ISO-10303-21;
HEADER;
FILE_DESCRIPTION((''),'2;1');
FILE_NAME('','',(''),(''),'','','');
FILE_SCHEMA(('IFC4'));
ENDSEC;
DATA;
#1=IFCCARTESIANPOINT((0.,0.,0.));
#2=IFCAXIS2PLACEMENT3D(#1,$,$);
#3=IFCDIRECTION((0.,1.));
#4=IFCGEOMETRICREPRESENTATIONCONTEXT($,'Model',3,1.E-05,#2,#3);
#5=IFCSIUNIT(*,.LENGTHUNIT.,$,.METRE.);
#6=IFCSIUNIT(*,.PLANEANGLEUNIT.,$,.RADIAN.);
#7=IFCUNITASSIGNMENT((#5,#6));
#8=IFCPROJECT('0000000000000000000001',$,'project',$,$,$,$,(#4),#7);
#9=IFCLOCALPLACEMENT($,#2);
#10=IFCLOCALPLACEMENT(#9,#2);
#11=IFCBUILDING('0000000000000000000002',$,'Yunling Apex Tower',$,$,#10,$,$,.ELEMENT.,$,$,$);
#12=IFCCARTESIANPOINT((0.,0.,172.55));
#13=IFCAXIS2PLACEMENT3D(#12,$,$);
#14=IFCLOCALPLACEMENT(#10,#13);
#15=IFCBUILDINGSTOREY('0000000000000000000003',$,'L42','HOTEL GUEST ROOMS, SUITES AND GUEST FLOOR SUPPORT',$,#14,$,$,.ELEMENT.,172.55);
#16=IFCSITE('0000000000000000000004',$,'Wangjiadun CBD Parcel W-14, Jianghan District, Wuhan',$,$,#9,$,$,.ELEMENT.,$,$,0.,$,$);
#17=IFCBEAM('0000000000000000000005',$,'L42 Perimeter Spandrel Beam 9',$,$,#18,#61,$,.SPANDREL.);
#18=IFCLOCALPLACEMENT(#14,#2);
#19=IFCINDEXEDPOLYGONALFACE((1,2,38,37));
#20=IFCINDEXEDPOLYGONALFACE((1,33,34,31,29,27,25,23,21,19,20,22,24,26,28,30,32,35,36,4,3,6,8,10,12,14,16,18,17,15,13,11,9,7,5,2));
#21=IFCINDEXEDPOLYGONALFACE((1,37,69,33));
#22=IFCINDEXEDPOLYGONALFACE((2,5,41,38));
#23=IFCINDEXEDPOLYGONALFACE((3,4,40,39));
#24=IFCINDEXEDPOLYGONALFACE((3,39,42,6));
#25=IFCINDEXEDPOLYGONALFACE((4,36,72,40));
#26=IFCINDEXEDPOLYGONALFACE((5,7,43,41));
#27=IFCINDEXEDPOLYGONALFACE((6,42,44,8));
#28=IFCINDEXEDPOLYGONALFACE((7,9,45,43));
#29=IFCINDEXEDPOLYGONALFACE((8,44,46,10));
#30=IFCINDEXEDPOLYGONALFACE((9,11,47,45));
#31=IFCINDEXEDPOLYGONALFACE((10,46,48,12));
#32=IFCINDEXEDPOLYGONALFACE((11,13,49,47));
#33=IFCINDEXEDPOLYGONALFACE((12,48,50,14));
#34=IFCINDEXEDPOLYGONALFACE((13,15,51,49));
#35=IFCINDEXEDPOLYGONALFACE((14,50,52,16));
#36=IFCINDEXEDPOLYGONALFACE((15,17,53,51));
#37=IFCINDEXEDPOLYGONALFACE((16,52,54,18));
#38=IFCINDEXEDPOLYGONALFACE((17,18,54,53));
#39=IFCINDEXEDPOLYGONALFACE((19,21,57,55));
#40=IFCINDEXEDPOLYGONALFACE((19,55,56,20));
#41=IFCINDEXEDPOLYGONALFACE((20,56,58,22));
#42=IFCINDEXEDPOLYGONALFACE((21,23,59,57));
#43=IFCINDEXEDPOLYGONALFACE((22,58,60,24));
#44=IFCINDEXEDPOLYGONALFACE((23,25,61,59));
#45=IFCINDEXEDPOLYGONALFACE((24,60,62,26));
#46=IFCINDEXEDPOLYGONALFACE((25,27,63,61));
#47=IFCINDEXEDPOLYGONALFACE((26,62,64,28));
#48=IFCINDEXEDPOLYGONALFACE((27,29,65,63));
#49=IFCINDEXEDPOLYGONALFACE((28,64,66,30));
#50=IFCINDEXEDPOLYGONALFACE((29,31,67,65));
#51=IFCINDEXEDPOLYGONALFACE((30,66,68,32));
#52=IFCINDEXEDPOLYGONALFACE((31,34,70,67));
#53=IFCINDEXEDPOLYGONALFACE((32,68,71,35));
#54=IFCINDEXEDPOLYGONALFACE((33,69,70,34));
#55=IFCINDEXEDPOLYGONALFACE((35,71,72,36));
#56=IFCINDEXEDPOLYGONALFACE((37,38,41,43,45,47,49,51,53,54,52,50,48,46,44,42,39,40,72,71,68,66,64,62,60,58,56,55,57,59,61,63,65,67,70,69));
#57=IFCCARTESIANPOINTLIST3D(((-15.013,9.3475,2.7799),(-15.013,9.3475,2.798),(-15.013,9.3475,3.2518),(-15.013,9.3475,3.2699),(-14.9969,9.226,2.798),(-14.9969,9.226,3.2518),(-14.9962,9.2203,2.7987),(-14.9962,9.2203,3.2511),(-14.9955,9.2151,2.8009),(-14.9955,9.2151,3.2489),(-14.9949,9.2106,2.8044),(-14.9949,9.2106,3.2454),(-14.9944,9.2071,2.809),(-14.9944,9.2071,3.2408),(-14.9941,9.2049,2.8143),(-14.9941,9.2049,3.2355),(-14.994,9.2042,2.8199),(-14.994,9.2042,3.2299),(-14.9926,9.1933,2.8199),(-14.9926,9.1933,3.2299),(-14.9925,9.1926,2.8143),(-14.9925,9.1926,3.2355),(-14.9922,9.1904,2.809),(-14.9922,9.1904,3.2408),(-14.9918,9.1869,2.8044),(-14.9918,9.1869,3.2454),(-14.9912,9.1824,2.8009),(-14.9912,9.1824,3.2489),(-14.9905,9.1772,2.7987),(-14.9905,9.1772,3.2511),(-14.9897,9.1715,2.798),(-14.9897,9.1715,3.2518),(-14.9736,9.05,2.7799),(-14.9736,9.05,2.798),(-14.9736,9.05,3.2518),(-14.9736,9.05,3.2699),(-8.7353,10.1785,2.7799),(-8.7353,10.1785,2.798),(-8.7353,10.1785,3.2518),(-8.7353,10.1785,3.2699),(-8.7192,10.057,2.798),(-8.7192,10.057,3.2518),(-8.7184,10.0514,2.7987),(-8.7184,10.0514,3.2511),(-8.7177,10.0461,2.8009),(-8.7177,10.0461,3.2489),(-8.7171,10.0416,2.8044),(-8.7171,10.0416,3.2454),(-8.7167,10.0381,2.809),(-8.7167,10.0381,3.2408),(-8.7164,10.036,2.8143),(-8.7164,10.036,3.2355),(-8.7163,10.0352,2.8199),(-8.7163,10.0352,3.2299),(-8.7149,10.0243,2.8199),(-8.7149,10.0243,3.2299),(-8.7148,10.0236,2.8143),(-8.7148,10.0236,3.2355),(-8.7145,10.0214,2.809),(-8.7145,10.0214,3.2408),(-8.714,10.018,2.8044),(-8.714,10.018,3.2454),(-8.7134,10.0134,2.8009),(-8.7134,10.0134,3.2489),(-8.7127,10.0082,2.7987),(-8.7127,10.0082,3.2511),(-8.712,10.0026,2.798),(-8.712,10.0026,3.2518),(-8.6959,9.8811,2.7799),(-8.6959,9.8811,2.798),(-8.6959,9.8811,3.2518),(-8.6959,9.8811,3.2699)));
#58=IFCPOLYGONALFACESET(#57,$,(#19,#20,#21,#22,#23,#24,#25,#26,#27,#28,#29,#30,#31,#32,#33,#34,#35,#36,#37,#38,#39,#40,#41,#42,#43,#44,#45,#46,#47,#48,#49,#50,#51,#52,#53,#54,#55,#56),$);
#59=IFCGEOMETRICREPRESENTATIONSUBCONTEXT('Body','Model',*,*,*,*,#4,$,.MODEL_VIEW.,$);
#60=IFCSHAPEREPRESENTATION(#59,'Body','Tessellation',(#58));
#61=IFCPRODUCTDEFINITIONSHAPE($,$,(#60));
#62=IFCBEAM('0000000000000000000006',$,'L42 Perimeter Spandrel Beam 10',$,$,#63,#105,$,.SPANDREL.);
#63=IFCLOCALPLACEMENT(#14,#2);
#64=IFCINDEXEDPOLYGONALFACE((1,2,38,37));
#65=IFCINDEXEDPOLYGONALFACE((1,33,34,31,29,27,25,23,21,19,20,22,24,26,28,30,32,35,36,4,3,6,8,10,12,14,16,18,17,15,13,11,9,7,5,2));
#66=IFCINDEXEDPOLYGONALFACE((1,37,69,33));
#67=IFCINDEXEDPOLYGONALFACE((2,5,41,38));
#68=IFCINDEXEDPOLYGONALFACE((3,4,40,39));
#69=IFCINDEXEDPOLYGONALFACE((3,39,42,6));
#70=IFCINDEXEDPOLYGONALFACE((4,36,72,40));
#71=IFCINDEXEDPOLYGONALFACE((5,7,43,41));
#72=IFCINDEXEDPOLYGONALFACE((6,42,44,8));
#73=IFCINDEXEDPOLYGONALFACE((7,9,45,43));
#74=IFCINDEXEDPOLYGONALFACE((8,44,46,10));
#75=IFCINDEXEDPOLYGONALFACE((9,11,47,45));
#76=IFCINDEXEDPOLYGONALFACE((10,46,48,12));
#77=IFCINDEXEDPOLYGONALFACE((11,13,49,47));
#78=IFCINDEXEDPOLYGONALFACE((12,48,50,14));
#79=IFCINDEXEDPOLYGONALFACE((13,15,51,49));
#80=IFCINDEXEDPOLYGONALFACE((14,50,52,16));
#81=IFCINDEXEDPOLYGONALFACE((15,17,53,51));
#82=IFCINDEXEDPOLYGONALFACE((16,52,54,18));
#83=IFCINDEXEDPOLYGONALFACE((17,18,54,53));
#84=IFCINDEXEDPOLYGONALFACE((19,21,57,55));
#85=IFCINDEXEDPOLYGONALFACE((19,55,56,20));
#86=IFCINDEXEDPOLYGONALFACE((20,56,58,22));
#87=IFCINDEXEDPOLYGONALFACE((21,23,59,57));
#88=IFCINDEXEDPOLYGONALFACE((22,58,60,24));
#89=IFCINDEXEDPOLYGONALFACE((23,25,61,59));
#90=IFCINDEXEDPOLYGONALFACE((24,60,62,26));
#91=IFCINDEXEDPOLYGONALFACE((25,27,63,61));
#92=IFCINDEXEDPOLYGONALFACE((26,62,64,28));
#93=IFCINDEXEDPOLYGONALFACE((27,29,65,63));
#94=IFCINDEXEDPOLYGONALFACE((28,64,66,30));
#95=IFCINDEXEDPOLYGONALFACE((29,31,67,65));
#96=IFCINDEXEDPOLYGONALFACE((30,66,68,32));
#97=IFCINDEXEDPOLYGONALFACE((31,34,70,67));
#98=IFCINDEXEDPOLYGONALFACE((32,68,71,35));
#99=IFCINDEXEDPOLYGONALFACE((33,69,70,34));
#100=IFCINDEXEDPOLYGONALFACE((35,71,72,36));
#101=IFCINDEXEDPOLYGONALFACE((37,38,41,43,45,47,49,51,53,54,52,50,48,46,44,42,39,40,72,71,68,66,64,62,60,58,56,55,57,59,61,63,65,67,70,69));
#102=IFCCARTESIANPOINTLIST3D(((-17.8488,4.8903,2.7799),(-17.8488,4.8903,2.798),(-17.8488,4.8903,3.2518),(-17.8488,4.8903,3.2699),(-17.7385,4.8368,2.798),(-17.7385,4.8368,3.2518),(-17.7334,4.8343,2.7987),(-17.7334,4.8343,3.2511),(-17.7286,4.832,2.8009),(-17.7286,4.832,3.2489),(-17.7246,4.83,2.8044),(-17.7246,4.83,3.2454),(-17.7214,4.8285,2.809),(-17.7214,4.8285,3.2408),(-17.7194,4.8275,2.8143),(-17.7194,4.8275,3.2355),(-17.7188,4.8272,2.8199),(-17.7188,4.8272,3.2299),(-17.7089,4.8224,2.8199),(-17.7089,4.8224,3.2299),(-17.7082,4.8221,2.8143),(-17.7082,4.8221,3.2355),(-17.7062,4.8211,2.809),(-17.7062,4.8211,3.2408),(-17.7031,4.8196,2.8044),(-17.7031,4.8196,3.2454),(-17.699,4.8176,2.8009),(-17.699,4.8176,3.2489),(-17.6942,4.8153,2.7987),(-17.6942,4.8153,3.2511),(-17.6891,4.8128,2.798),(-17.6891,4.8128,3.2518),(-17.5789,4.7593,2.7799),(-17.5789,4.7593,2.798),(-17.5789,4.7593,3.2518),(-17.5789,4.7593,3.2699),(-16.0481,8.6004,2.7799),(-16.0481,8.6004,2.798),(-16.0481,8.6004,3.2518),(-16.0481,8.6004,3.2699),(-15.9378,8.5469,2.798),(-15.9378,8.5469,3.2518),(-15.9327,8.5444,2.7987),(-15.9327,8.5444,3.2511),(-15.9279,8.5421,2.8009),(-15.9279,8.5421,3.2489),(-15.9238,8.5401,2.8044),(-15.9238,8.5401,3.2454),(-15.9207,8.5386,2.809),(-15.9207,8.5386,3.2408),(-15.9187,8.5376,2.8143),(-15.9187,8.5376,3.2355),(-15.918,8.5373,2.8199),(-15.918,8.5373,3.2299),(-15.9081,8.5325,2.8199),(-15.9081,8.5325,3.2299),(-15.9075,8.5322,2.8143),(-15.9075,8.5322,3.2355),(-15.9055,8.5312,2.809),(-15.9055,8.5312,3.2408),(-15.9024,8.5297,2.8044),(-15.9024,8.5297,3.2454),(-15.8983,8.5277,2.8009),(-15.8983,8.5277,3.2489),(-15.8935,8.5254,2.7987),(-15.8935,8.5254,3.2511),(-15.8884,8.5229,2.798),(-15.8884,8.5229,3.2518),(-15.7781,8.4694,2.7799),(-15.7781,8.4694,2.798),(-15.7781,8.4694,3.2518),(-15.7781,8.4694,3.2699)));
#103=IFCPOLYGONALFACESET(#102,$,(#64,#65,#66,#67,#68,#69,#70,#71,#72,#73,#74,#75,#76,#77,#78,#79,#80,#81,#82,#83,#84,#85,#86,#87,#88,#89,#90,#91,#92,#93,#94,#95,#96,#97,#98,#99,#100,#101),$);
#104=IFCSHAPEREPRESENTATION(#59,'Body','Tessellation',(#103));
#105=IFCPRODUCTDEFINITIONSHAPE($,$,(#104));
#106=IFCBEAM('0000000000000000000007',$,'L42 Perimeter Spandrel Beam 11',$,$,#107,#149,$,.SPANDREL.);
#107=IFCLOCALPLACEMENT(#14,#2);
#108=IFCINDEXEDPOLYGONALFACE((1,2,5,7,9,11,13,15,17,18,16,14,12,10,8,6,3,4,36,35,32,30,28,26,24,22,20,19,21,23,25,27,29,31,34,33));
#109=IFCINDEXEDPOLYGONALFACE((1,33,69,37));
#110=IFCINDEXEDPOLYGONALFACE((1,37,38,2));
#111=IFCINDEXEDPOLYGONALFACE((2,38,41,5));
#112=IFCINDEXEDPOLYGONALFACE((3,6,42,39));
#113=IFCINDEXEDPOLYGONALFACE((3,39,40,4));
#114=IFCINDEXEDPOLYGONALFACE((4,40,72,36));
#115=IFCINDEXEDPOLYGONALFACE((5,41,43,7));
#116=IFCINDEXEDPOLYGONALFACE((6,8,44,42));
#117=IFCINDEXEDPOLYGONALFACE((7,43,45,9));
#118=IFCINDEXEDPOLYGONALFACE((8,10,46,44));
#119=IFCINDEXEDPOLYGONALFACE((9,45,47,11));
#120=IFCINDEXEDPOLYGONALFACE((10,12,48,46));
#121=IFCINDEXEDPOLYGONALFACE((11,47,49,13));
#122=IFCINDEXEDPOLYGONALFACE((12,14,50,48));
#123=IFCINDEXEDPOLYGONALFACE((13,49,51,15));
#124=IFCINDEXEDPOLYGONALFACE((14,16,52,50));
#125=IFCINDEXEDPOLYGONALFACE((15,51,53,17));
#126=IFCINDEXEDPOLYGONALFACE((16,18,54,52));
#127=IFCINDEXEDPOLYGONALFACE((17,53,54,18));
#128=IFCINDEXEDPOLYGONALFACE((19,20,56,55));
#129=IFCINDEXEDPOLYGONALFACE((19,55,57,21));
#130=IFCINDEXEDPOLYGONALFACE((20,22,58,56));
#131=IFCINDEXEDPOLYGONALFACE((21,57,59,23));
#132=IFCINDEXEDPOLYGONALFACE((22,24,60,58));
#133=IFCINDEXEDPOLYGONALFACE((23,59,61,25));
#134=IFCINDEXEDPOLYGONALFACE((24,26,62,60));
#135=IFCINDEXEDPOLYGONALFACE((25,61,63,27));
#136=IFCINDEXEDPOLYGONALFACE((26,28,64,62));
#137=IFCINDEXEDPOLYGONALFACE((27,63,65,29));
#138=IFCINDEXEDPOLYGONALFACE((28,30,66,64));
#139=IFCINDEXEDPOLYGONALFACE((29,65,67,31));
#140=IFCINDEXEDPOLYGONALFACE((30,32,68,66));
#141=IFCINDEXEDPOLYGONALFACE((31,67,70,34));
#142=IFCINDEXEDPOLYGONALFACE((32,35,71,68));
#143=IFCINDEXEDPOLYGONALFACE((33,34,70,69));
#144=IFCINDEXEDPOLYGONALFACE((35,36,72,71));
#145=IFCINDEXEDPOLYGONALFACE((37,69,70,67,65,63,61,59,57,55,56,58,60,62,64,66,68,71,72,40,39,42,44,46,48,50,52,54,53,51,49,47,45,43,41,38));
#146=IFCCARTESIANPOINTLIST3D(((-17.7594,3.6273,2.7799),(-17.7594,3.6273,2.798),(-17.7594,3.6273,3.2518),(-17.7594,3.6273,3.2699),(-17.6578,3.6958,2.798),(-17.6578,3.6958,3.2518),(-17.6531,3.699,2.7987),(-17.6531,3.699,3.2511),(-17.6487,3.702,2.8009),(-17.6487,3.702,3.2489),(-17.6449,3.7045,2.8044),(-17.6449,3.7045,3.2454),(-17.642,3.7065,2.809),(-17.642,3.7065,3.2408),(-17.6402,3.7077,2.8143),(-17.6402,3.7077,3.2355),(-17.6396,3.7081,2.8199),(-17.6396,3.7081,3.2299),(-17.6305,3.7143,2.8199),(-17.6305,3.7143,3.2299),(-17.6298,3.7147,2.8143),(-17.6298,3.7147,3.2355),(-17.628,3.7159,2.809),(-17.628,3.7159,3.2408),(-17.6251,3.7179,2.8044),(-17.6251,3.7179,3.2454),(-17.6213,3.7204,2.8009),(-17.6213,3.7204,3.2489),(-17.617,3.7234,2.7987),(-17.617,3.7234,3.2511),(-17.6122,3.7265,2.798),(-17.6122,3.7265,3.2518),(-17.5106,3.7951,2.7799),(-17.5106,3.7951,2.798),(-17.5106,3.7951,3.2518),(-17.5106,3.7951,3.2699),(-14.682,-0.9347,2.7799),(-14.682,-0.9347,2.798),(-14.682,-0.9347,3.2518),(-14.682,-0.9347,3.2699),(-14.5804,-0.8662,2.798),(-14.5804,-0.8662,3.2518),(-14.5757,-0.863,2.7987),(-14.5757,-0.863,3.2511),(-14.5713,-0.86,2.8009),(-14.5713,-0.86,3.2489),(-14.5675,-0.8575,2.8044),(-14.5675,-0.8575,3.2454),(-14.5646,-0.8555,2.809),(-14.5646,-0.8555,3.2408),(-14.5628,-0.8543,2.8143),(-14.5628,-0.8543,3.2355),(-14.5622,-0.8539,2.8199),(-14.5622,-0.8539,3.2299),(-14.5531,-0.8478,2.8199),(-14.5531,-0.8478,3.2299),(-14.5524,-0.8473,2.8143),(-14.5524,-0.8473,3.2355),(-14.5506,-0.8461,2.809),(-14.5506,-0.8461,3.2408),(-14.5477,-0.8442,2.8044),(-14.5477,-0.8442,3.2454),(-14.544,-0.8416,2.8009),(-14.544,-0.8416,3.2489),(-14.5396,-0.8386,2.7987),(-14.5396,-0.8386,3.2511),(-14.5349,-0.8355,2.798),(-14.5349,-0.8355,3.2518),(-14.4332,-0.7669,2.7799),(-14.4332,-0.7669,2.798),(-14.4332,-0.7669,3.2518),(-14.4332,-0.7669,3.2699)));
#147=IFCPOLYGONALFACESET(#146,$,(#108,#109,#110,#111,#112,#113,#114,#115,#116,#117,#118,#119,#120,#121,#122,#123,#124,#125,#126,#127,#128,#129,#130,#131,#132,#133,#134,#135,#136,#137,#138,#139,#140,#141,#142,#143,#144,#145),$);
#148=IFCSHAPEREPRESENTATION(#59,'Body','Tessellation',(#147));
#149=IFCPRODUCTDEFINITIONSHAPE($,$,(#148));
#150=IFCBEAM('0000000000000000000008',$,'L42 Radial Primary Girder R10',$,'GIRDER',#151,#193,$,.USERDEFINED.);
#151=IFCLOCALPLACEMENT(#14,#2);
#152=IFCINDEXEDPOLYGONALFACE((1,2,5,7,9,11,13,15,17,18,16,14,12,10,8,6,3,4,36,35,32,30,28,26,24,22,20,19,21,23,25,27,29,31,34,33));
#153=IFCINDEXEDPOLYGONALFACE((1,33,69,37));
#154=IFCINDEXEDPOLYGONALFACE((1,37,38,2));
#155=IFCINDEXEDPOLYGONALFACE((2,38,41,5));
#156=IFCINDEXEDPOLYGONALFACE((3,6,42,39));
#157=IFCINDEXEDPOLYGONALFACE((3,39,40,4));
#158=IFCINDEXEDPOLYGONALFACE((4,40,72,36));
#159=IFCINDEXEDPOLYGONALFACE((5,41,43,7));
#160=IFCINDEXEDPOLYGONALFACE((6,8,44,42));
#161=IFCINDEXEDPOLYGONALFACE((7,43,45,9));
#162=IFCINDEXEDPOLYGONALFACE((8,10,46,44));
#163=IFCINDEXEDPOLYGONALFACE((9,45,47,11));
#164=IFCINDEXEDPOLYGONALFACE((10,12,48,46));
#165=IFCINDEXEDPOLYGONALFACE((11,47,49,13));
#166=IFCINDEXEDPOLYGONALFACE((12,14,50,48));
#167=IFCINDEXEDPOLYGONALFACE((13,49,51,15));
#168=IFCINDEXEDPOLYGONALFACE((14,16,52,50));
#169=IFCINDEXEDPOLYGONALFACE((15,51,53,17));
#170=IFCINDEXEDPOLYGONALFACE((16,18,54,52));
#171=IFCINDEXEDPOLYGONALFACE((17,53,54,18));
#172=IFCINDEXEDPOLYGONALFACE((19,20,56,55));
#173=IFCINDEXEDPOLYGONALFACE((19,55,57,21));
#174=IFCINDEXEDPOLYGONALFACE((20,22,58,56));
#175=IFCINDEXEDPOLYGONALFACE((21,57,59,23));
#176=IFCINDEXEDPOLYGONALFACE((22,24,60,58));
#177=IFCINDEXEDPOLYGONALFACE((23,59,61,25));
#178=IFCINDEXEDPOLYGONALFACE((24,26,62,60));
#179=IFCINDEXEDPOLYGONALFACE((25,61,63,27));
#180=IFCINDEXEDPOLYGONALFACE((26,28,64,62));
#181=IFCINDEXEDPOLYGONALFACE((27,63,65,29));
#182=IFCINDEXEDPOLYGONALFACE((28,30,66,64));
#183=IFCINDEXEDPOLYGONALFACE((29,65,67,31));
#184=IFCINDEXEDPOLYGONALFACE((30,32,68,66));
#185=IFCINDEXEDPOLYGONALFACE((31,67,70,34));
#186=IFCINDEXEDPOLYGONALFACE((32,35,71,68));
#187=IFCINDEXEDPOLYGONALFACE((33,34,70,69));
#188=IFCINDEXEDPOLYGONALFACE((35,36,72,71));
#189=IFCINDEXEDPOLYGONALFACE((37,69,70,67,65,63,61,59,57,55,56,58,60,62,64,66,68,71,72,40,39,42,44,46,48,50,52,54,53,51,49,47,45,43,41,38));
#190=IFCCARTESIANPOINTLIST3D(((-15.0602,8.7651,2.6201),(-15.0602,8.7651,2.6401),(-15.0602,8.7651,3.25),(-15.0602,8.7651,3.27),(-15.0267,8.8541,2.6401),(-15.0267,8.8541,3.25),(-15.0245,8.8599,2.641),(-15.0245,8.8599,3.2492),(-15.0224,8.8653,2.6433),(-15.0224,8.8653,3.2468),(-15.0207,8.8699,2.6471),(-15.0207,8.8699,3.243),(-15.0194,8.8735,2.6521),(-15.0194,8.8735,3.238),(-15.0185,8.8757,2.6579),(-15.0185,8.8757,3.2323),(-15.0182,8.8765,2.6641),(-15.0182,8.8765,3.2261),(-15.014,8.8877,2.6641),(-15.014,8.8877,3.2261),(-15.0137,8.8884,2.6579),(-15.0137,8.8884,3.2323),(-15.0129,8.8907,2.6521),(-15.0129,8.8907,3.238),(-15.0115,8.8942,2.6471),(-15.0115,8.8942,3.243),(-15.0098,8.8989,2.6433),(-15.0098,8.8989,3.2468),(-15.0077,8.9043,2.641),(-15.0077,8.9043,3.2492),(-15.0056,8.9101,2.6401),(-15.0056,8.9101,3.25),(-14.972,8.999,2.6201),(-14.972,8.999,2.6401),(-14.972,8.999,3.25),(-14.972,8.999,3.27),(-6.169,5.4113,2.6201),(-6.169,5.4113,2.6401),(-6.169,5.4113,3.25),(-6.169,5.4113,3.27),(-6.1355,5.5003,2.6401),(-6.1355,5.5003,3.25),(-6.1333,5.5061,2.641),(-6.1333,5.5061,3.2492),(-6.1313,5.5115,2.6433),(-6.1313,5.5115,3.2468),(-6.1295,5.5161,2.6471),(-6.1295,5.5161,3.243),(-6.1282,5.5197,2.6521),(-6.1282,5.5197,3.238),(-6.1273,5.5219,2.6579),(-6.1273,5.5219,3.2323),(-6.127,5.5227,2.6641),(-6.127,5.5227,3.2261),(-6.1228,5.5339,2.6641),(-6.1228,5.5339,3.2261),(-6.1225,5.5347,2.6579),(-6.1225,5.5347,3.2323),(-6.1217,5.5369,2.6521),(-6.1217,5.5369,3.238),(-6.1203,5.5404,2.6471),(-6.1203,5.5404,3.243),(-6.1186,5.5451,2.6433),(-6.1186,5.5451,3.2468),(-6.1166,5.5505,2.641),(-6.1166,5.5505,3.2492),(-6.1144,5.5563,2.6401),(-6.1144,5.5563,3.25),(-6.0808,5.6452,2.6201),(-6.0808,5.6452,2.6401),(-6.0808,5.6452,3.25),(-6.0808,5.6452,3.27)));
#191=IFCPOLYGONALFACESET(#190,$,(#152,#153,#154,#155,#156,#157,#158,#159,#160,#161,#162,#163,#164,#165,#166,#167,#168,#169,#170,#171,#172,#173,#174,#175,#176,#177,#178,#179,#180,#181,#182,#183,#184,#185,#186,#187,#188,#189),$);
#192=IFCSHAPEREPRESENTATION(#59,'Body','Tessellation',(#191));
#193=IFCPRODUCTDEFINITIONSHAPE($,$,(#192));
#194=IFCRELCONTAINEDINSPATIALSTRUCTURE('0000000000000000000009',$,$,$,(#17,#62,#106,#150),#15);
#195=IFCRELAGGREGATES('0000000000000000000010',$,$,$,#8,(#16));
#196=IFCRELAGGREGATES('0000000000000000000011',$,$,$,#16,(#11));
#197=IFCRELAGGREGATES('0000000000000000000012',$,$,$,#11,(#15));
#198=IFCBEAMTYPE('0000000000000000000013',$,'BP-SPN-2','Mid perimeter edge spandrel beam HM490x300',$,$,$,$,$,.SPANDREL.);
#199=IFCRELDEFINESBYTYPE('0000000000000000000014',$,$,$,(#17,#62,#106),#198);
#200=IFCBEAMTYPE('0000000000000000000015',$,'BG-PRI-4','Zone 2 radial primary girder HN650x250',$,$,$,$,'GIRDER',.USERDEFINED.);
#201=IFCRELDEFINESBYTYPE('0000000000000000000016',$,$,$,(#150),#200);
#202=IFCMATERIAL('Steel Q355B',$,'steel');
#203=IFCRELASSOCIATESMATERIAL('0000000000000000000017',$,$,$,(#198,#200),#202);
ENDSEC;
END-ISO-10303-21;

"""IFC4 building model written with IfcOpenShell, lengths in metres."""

from ifc_helpers import new_model, si_unit, direction, frame, origin, origin_2d, place, context, subcontext, project, spatial, i_section, extrude, source, transform, mapped, material, material_profile, profile_set, type_object, element, save


model = new_model("IFC4")

# Units and contexts
model_context = context("Model", 3, precision=1e-05, world=origin(), true_north=direction((0.0, 1.0)))
body_context = subcontext(model_context, "Body", "Model", "MODEL_VIEW")
ifc_project = project(units=[si_unit("LENGTHUNIT", "METRE"), si_unit("PLANEANGLEUNIT", "RADIAN")], contexts=[model_context])

# Site, building, storey
site_placement = place(None, origin())
site = spatial("IfcSite", under=ifc_project, at=site_placement, Name="Wangjiadun CBD Parcel W-14, Jianghan District, Wuhan", CompositionType="ELEMENT", RefElevation=0.0)
building_placement = place(site_placement, origin())
building = spatial("IfcBuilding", under=site, at=building_placement, Name="Yunling Apex Tower", CompositionType="ELEMENT")
storey_placement = place(building_placement, frame((0.0, 0.0, 172.55)))
storey = spatial("IfcBuildingStorey", under=building, at=storey_placement, Name="L42", Description="HOTEL GUEST ROOMS, SUITES AND GUEST FLOOR SUPPORT", CompositionType="ELEMENT", Elevation=172.55)

# Beams
ifc_material_1 = material(Name="Steel Q355B", Category="steel")
ifc_material_profile_1 = material_profile(ifc_material_1, i_section(OverallWidth=0.3, OverallDepth=0.49, WebThickness=0.011, FlangeThickness=0.0181, FilletRadius=0.022, at=origin_2d()))
ifc_profile_set_1 = profile_set([ifc_material_profile_1], Name="Steel Q355B")
beam_type_1 = type_object("IfcBeamType", Name="BP-SPN-2", Description="Mid perimeter edge spandrel beam HM490x300", PredefinedType="SPANDREL", material=ifc_profile_set_1)
shared_shape_1 = source(origin(), body_context, "Body", "SweptSolid", [
    extrude(i_section(OverallWidth=0.3, OverallDepth=0.49, WebThickness=0.011, FlangeThickness=0.0181, FilletRadius=0.022, at=origin_2d()), origin(), (0.0, 0.0, 1.0), 6.3325),
])
beam_1_placement = place(storey_placement, frame((-8.7156, 10.0298, 3.0249), z_axis=(-0.991351, -0.131234, 0.0), x_axis=(0.131234, -0.991351, 0.0)))
element("IfcBeam", 1, at=beam_1_placement, inside=storey, type_object=beam_type_1, Name="L42 Perimeter Spandrel Beam 9", PredefinedType="SPANDREL", context=body_context, shape_type="MappedRepresentation", body=[
    mapped(shared_shape_1, transform((0.0, 0.0, 0.0), scale=1.0)),
])
shared_shape_2 = source(origin(), body_context, "Body", "SweptSolid", [
    extrude(i_section(OverallWidth=0.3, OverallDepth=0.49, WebThickness=0.011, FlangeThickness=0.0181, FilletRadius=0.022, at=origin_2d()), origin(), (0.0, 0.0, 1.0), 4.124),
])
beam_2_placement = place(storey_placement, frame((-15.9131, 8.5349, 3.0249), z_axis=(-0.436645, -0.899634, 0.0), x_axis=(0.899634, -0.436645, 0.0)))
element("IfcBeam", 2, at=beam_2_placement, inside=storey, type_object=beam_type_1, Name="L42 Perimeter Spandrel Beam 10", PredefinedType="SPANDREL", context=body_context, shape_type="MappedRepresentation", body=[
    mapped(shared_shape_2, transform((0.0, 0.0, 0.0), scale=1.0)),
])
shared_shape_3 = source(origin(), body_context, "Body", "SweptSolid", [
    extrude(i_section(OverallWidth=0.3, OverallDepth=0.49, WebThickness=0.011, FlangeThickness=0.0181, FilletRadius=0.022, at=origin_2d()), origin(), (0.0, 0.0, 1.0), 5.5029),
])
beam_3_placement = place(storey_placement, frame((-17.635, 3.7112, 3.0249), z_axis=(0.559227, -0.829014, 0.0), x_axis=(0.829014, 0.559227, 0.0)))
element("IfcBeam", 3, at=beam_3_placement, inside=storey, type_object=beam_type_1, Name="L42 Perimeter Spandrel Beam 11", PredefinedType="SPANDREL", context=body_context, shape_type="MappedRepresentation", body=[
    mapped(shared_shape_3, transform((0.0, 0.0, 0.0), scale=1.0)),
])
ifc_material_profile_2 = material_profile(ifc_material_1, i_section(OverallWidth=0.25, OverallDepth=0.6499, WebThickness=0.012, FlangeThickness=0.02, FilletRadius=0.0239, at=origin_2d()))
ifc_profile_set_2 = profile_set([ifc_material_profile_2], Name="Steel Q355B")
beam_type_2 = type_object("IfcBeamType", Name="BG-PRI-4", Description="Zone 2 radial primary girder HN650x250", ElementType="GIRDER", PredefinedType="USERDEFINED", material=ifc_profile_set_2)
shared_shape_4 = source(origin(), body_context, "Body", "SweptSolid", [
    extrude(i_section(OverallWidth=0.25, OverallDepth=0.6499, WebThickness=0.012, FlangeThickness=0.02, FilletRadius=0.0239, at=origin_2d()), origin(), (0.0, 0.0, 1.0), 9.5027),
])
beam_4_placement = place(storey_placement, frame((-15.0161, 8.8821, 2.9451), z_axis=(0.93565, -0.35293, 0.0), x_axis=(0.35293, 0.93565, 0.0)))
element("IfcBeam", 4, at=beam_4_placement, inside=storey, type_object=beam_type_2, Name="L42 Radial Primary Girder R10", ObjectType="GIRDER", PredefinedType="USERDEFINED", context=body_context, shape_type="MappedRepresentation", body=[
    mapped(shared_shape_4, transform((0.0, 0.0, 0.0), scale=1.0)),
])

save(model, "model.ifc")
